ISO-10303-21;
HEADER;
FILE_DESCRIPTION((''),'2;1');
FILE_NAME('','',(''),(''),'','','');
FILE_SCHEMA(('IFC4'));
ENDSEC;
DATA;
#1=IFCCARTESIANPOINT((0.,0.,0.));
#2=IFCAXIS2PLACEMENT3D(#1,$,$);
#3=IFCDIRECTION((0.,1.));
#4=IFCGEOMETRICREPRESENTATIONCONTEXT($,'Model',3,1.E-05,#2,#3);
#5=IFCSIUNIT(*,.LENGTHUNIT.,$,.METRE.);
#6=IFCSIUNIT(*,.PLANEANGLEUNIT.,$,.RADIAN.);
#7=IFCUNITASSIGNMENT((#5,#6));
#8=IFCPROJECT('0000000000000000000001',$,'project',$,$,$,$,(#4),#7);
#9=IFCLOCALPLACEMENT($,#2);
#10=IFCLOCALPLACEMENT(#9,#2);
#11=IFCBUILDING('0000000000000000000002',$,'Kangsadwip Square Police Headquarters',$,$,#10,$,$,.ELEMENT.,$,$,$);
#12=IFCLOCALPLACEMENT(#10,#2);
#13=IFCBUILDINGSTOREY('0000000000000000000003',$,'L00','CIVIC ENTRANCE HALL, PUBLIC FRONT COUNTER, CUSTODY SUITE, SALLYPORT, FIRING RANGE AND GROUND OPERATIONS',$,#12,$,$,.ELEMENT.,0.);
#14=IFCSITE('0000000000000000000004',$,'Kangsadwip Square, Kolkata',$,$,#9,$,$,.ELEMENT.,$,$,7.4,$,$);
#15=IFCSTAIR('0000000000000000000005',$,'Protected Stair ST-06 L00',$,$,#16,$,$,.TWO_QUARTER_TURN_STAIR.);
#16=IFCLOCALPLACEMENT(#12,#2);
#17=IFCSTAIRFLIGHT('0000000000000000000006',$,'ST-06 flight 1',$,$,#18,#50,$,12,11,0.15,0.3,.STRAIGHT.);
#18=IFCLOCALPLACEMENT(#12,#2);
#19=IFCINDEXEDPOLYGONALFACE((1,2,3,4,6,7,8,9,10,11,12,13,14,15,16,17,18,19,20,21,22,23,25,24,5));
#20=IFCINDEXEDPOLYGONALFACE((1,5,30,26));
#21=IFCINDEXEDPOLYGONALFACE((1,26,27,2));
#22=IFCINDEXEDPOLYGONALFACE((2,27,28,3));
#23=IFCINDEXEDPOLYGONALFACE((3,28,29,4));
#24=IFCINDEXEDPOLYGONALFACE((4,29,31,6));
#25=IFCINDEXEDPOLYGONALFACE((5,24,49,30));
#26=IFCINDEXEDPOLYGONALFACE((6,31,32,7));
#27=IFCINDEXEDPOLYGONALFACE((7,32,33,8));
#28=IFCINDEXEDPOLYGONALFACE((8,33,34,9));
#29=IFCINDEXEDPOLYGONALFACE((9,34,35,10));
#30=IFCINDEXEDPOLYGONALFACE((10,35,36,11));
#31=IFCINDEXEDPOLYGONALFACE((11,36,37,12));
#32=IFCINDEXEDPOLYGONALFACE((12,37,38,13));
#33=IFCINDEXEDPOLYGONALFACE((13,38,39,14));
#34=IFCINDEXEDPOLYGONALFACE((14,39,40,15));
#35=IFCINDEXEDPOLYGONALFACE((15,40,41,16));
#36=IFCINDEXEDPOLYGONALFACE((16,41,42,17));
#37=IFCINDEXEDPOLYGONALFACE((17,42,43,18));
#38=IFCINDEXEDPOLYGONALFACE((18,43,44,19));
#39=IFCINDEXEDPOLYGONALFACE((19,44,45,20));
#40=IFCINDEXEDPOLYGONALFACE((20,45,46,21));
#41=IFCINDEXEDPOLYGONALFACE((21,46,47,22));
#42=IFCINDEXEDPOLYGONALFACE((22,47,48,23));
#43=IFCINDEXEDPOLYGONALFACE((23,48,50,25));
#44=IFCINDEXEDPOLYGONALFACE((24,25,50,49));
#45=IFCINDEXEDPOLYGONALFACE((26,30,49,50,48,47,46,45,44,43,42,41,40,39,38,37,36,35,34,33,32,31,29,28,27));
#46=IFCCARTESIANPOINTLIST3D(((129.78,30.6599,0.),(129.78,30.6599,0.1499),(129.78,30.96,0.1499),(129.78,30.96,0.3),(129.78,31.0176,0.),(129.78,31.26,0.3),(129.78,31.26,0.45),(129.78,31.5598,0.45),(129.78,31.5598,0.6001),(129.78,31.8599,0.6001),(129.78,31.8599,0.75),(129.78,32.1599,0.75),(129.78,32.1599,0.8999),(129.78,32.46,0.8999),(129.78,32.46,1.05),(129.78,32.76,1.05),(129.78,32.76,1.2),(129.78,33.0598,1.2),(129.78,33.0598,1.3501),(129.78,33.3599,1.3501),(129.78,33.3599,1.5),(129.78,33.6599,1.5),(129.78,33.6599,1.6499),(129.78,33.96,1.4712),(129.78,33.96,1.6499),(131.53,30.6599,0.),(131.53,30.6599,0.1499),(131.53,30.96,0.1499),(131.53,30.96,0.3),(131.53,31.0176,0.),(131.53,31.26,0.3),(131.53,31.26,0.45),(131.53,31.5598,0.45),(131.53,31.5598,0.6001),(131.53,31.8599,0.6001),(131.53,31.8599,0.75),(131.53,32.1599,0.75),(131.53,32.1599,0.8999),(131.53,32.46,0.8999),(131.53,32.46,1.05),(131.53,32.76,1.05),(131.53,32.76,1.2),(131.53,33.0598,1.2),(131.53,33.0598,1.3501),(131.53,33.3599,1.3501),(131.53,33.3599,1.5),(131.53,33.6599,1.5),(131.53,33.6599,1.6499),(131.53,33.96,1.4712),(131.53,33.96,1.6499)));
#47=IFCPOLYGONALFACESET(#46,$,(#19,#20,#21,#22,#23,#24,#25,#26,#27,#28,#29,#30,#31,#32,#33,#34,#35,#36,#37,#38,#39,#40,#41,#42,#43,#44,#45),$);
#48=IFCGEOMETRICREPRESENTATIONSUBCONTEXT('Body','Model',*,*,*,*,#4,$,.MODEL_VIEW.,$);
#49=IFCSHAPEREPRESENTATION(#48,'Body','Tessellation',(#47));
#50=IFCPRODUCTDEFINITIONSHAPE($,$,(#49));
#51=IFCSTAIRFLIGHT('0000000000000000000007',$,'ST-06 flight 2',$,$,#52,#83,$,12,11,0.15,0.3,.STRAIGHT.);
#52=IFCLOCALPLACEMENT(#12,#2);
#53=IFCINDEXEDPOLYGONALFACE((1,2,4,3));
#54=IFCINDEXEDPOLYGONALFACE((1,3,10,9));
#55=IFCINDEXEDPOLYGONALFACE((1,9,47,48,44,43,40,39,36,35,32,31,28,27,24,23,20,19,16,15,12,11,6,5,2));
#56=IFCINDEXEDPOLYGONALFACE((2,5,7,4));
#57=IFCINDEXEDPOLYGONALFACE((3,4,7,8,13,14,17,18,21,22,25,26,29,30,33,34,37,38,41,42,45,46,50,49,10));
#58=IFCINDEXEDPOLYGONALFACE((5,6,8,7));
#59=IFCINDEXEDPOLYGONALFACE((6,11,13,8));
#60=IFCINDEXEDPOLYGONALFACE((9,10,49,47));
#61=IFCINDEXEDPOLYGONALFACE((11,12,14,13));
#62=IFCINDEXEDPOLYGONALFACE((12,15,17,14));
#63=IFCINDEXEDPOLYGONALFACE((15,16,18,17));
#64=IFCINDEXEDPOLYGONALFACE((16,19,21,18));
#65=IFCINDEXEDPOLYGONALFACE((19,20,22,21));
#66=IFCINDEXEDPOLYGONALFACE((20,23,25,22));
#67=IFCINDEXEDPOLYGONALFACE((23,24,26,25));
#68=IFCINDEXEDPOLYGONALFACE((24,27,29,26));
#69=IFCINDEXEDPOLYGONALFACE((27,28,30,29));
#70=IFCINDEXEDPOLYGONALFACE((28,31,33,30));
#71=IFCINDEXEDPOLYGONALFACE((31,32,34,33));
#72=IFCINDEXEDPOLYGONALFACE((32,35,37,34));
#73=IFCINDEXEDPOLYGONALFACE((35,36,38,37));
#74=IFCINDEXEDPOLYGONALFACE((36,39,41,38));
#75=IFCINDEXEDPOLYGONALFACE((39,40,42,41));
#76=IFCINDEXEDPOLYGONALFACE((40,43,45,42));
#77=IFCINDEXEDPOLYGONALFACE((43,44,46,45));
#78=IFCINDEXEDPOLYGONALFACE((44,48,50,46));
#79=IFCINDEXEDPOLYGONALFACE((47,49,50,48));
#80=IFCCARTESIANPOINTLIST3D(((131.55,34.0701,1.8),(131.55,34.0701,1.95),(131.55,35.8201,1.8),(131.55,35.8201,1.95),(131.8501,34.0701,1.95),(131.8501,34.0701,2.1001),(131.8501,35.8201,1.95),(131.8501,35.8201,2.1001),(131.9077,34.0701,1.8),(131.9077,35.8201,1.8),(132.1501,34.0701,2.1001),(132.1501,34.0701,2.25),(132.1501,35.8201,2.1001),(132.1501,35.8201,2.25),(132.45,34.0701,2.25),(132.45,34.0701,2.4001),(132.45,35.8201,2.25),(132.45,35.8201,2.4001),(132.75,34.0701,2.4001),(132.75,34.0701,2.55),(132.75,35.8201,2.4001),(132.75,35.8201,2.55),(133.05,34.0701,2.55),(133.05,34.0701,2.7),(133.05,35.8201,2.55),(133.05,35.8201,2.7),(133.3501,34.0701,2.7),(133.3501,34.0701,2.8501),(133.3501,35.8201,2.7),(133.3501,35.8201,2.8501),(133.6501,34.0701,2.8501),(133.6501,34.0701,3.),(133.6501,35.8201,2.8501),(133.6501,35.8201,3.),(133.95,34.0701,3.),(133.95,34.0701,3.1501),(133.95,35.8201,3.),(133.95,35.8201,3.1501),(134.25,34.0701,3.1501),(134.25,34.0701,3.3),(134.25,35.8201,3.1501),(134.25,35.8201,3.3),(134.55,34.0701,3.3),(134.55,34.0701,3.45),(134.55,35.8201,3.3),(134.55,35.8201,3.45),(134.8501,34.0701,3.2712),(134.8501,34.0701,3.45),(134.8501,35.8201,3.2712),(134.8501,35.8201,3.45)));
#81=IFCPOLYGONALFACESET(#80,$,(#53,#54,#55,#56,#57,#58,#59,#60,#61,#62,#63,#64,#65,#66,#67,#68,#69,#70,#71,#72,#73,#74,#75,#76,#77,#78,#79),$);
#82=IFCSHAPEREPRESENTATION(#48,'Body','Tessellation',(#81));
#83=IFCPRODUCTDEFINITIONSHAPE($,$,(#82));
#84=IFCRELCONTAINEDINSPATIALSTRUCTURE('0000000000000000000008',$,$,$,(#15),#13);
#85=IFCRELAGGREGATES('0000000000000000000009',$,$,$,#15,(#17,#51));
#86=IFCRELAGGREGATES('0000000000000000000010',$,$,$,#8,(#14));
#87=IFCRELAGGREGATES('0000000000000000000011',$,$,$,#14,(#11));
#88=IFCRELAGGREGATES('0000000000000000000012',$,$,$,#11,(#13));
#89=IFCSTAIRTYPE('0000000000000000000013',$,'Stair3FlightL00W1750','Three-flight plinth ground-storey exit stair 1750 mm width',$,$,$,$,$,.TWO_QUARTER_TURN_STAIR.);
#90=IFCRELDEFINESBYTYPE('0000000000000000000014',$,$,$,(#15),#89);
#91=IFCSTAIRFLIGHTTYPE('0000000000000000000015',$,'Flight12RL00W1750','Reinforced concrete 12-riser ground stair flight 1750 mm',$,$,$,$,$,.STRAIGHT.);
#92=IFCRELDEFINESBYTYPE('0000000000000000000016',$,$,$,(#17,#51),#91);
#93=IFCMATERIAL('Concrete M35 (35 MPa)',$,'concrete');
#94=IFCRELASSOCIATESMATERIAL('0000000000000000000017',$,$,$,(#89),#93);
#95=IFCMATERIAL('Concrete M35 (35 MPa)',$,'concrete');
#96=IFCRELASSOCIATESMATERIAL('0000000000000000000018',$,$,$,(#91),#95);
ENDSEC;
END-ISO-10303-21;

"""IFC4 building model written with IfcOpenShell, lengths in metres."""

from ifc_helpers import new_model, si_unit, direction, frame, origin, place, context, subcontext, project, spatial, polyline, outline, extrude, material, type_object, element, aggregate, save


model = new_model("IFC4")

# Units and contexts
model_context = context("Model", 3, precision=1e-05, world=origin(), true_north=direction((0.0, 1.0)))
body_context = subcontext(model_context, "Body", "Model", "MODEL_VIEW")
ifc_project = project(units=[si_unit("LENGTHUNIT", "METRE"), si_unit("PLANEANGLEUNIT", "RADIAN")], contexts=[model_context])

# Site, building, storey
site_placement = place(None, origin())
site = spatial("IfcSite", under=ifc_project, at=site_placement, Name="Kangsadwip Square, Kolkata", CompositionType="ELEMENT", RefElevation=7.4)
building_placement = place(site_placement, origin())
building = spatial("IfcBuilding", under=site, at=building_placement, Name="Kangsadwip Square Police Headquarters", CompositionType="ELEMENT")
storey_placement = place(building_placement, origin())
storey = spatial("IfcBuildingStorey", under=building, at=storey_placement, Name="L00", Description="CIVIC ENTRANCE HALL, PUBLIC FRONT COUNTER, CUSTODY SUITE, SALLYPORT, FIRING RANGE AND GROUND OPERATIONS", CompositionType="ELEMENT", Elevation=0.0)

# Stair, stair flights
ifc_material_1 = material(Name="Concrete M35 (35 MPa)", Category="concrete")
stair_type = type_object("IfcStairType", Name="Stair3FlightL00W1750", Description="Three-flight plinth ground-storey exit stair 1750 mm width", PredefinedType="TWO_QUARTER_TURN_STAIR", material=ifc_material_1)
stair_placement = place(storey_placement, origin())
stair = element("IfcStair", 1, at=stair_placement, inside=storey, type_object=stair_type, Name="Protected Stair ST-06 L00", PredefinedType="TWO_QUARTER_TURN_STAIR")
ifc_material_2 = material(Name="Concrete M35 (35 MPa)", Category="concrete")
stair_flight_type = type_object("IfcStairFlightType", Name="Flight12RL00W1750", Description="Reinforced concrete 12-riser ground stair flight 1750 mm", PredefinedType="STRAIGHT", material=ifc_material_2)
stair_flight_1_placement = place(storey_placement, frame((130.655, 30.6599, 0.0), z_axis=(0.0, 0.0, 1.0), x_axis=(0.0, 1.0, 0.0)))
stair_flight_1 = element("IfcStairFlight", 2, at=stair_flight_1_placement, type_object=stair_flight_type, Name="ST-06 flight 1", NumberOfRisers=12, NumberOfTreads=11, PredefinedType="STRAIGHT", RiserHeight=0.15, TreadLength=0.3, context=body_context, shape_type="SweptSolid", body=[
    extrude(outline(polyline([(0.0, 0.0), (0.0, 0.1499), (0.3, 0.1499), (0.3, 0.3), (0.6001, 0.3), (0.6001, 0.45), (0.8999, 0.45), (0.8999, 0.6001), (1.2, 0.6001), (1.2, 0.75), (1.5, 0.75), (1.5, 0.8999), (1.8, 0.8999), (1.8, 1.05), (2.1001, 1.05), (2.1001, 1.2), (2.3999, 1.2), (2.3999, 1.3501), (2.7, 1.3501), (2.7, 1.5), (3.0, 1.5), (3.0, 1.6499), (3.3, 1.6499), (3.3, 1.8), (3.3, 1.4712), (0.3577, 0.0), (0.0, 0.0)])), frame((0.0, 0.875, 0.0), z_axis=(0.0, -1.0, 0.0), x_axis=(1.0, 0.0, 0.0)), (0.0, 0.0, 1.0), 1.75),
])
stair_flight_2_placement = place(storey_placement, frame((131.55, 34.9451, 1.8), z_axis=(0.0, 0.0, 1.0), x_axis=(1.0, 0.0, 0.0)))
stair_flight_2 = element("IfcStairFlight", 3, at=stair_flight_2_placement, type_object=stair_flight_type, Name="ST-06 flight 2", NumberOfRisers=12, NumberOfTreads=11, PredefinedType="STRAIGHT", RiserHeight=0.15, TreadLength=0.3, context=body_context, shape_type="SweptSolid", body=[
    extrude(outline(polyline([(0.0, 0.0), (0.0, 0.1499), (0.3, 0.1499), (0.3, 0.3), (0.6001, 0.3), (0.6001, 0.45), (0.8999, 0.45), (0.8999, 0.6001), (1.2, 0.6001), (1.2, 0.75), (1.5, 0.75), (1.5, 0.8999), (1.8, 0.8999), (1.8, 1.05), (2.1001, 1.05), (2.1001, 1.2), (2.3999, 1.2), (2.3999, 1.3501), (2.7, 1.3501), (2.7, 1.5), (3.0, 1.5), (3.0, 1.6499), (3.3, 1.6499), (3.3, 1.8), (3.3, 1.4712), (0.3577, 0.0), (0.0, 0.0)])), frame((0.0, 0.875, 0.0), z_axis=(0.0, -1.0, 0.0), x_axis=(1.0, 0.0, 0.0)), (0.0, 0.0, 1.0), 1.75),
])
aggregate(stair, [stair_flight_1, stair_flight_2])

save(model, "model.ifc")
